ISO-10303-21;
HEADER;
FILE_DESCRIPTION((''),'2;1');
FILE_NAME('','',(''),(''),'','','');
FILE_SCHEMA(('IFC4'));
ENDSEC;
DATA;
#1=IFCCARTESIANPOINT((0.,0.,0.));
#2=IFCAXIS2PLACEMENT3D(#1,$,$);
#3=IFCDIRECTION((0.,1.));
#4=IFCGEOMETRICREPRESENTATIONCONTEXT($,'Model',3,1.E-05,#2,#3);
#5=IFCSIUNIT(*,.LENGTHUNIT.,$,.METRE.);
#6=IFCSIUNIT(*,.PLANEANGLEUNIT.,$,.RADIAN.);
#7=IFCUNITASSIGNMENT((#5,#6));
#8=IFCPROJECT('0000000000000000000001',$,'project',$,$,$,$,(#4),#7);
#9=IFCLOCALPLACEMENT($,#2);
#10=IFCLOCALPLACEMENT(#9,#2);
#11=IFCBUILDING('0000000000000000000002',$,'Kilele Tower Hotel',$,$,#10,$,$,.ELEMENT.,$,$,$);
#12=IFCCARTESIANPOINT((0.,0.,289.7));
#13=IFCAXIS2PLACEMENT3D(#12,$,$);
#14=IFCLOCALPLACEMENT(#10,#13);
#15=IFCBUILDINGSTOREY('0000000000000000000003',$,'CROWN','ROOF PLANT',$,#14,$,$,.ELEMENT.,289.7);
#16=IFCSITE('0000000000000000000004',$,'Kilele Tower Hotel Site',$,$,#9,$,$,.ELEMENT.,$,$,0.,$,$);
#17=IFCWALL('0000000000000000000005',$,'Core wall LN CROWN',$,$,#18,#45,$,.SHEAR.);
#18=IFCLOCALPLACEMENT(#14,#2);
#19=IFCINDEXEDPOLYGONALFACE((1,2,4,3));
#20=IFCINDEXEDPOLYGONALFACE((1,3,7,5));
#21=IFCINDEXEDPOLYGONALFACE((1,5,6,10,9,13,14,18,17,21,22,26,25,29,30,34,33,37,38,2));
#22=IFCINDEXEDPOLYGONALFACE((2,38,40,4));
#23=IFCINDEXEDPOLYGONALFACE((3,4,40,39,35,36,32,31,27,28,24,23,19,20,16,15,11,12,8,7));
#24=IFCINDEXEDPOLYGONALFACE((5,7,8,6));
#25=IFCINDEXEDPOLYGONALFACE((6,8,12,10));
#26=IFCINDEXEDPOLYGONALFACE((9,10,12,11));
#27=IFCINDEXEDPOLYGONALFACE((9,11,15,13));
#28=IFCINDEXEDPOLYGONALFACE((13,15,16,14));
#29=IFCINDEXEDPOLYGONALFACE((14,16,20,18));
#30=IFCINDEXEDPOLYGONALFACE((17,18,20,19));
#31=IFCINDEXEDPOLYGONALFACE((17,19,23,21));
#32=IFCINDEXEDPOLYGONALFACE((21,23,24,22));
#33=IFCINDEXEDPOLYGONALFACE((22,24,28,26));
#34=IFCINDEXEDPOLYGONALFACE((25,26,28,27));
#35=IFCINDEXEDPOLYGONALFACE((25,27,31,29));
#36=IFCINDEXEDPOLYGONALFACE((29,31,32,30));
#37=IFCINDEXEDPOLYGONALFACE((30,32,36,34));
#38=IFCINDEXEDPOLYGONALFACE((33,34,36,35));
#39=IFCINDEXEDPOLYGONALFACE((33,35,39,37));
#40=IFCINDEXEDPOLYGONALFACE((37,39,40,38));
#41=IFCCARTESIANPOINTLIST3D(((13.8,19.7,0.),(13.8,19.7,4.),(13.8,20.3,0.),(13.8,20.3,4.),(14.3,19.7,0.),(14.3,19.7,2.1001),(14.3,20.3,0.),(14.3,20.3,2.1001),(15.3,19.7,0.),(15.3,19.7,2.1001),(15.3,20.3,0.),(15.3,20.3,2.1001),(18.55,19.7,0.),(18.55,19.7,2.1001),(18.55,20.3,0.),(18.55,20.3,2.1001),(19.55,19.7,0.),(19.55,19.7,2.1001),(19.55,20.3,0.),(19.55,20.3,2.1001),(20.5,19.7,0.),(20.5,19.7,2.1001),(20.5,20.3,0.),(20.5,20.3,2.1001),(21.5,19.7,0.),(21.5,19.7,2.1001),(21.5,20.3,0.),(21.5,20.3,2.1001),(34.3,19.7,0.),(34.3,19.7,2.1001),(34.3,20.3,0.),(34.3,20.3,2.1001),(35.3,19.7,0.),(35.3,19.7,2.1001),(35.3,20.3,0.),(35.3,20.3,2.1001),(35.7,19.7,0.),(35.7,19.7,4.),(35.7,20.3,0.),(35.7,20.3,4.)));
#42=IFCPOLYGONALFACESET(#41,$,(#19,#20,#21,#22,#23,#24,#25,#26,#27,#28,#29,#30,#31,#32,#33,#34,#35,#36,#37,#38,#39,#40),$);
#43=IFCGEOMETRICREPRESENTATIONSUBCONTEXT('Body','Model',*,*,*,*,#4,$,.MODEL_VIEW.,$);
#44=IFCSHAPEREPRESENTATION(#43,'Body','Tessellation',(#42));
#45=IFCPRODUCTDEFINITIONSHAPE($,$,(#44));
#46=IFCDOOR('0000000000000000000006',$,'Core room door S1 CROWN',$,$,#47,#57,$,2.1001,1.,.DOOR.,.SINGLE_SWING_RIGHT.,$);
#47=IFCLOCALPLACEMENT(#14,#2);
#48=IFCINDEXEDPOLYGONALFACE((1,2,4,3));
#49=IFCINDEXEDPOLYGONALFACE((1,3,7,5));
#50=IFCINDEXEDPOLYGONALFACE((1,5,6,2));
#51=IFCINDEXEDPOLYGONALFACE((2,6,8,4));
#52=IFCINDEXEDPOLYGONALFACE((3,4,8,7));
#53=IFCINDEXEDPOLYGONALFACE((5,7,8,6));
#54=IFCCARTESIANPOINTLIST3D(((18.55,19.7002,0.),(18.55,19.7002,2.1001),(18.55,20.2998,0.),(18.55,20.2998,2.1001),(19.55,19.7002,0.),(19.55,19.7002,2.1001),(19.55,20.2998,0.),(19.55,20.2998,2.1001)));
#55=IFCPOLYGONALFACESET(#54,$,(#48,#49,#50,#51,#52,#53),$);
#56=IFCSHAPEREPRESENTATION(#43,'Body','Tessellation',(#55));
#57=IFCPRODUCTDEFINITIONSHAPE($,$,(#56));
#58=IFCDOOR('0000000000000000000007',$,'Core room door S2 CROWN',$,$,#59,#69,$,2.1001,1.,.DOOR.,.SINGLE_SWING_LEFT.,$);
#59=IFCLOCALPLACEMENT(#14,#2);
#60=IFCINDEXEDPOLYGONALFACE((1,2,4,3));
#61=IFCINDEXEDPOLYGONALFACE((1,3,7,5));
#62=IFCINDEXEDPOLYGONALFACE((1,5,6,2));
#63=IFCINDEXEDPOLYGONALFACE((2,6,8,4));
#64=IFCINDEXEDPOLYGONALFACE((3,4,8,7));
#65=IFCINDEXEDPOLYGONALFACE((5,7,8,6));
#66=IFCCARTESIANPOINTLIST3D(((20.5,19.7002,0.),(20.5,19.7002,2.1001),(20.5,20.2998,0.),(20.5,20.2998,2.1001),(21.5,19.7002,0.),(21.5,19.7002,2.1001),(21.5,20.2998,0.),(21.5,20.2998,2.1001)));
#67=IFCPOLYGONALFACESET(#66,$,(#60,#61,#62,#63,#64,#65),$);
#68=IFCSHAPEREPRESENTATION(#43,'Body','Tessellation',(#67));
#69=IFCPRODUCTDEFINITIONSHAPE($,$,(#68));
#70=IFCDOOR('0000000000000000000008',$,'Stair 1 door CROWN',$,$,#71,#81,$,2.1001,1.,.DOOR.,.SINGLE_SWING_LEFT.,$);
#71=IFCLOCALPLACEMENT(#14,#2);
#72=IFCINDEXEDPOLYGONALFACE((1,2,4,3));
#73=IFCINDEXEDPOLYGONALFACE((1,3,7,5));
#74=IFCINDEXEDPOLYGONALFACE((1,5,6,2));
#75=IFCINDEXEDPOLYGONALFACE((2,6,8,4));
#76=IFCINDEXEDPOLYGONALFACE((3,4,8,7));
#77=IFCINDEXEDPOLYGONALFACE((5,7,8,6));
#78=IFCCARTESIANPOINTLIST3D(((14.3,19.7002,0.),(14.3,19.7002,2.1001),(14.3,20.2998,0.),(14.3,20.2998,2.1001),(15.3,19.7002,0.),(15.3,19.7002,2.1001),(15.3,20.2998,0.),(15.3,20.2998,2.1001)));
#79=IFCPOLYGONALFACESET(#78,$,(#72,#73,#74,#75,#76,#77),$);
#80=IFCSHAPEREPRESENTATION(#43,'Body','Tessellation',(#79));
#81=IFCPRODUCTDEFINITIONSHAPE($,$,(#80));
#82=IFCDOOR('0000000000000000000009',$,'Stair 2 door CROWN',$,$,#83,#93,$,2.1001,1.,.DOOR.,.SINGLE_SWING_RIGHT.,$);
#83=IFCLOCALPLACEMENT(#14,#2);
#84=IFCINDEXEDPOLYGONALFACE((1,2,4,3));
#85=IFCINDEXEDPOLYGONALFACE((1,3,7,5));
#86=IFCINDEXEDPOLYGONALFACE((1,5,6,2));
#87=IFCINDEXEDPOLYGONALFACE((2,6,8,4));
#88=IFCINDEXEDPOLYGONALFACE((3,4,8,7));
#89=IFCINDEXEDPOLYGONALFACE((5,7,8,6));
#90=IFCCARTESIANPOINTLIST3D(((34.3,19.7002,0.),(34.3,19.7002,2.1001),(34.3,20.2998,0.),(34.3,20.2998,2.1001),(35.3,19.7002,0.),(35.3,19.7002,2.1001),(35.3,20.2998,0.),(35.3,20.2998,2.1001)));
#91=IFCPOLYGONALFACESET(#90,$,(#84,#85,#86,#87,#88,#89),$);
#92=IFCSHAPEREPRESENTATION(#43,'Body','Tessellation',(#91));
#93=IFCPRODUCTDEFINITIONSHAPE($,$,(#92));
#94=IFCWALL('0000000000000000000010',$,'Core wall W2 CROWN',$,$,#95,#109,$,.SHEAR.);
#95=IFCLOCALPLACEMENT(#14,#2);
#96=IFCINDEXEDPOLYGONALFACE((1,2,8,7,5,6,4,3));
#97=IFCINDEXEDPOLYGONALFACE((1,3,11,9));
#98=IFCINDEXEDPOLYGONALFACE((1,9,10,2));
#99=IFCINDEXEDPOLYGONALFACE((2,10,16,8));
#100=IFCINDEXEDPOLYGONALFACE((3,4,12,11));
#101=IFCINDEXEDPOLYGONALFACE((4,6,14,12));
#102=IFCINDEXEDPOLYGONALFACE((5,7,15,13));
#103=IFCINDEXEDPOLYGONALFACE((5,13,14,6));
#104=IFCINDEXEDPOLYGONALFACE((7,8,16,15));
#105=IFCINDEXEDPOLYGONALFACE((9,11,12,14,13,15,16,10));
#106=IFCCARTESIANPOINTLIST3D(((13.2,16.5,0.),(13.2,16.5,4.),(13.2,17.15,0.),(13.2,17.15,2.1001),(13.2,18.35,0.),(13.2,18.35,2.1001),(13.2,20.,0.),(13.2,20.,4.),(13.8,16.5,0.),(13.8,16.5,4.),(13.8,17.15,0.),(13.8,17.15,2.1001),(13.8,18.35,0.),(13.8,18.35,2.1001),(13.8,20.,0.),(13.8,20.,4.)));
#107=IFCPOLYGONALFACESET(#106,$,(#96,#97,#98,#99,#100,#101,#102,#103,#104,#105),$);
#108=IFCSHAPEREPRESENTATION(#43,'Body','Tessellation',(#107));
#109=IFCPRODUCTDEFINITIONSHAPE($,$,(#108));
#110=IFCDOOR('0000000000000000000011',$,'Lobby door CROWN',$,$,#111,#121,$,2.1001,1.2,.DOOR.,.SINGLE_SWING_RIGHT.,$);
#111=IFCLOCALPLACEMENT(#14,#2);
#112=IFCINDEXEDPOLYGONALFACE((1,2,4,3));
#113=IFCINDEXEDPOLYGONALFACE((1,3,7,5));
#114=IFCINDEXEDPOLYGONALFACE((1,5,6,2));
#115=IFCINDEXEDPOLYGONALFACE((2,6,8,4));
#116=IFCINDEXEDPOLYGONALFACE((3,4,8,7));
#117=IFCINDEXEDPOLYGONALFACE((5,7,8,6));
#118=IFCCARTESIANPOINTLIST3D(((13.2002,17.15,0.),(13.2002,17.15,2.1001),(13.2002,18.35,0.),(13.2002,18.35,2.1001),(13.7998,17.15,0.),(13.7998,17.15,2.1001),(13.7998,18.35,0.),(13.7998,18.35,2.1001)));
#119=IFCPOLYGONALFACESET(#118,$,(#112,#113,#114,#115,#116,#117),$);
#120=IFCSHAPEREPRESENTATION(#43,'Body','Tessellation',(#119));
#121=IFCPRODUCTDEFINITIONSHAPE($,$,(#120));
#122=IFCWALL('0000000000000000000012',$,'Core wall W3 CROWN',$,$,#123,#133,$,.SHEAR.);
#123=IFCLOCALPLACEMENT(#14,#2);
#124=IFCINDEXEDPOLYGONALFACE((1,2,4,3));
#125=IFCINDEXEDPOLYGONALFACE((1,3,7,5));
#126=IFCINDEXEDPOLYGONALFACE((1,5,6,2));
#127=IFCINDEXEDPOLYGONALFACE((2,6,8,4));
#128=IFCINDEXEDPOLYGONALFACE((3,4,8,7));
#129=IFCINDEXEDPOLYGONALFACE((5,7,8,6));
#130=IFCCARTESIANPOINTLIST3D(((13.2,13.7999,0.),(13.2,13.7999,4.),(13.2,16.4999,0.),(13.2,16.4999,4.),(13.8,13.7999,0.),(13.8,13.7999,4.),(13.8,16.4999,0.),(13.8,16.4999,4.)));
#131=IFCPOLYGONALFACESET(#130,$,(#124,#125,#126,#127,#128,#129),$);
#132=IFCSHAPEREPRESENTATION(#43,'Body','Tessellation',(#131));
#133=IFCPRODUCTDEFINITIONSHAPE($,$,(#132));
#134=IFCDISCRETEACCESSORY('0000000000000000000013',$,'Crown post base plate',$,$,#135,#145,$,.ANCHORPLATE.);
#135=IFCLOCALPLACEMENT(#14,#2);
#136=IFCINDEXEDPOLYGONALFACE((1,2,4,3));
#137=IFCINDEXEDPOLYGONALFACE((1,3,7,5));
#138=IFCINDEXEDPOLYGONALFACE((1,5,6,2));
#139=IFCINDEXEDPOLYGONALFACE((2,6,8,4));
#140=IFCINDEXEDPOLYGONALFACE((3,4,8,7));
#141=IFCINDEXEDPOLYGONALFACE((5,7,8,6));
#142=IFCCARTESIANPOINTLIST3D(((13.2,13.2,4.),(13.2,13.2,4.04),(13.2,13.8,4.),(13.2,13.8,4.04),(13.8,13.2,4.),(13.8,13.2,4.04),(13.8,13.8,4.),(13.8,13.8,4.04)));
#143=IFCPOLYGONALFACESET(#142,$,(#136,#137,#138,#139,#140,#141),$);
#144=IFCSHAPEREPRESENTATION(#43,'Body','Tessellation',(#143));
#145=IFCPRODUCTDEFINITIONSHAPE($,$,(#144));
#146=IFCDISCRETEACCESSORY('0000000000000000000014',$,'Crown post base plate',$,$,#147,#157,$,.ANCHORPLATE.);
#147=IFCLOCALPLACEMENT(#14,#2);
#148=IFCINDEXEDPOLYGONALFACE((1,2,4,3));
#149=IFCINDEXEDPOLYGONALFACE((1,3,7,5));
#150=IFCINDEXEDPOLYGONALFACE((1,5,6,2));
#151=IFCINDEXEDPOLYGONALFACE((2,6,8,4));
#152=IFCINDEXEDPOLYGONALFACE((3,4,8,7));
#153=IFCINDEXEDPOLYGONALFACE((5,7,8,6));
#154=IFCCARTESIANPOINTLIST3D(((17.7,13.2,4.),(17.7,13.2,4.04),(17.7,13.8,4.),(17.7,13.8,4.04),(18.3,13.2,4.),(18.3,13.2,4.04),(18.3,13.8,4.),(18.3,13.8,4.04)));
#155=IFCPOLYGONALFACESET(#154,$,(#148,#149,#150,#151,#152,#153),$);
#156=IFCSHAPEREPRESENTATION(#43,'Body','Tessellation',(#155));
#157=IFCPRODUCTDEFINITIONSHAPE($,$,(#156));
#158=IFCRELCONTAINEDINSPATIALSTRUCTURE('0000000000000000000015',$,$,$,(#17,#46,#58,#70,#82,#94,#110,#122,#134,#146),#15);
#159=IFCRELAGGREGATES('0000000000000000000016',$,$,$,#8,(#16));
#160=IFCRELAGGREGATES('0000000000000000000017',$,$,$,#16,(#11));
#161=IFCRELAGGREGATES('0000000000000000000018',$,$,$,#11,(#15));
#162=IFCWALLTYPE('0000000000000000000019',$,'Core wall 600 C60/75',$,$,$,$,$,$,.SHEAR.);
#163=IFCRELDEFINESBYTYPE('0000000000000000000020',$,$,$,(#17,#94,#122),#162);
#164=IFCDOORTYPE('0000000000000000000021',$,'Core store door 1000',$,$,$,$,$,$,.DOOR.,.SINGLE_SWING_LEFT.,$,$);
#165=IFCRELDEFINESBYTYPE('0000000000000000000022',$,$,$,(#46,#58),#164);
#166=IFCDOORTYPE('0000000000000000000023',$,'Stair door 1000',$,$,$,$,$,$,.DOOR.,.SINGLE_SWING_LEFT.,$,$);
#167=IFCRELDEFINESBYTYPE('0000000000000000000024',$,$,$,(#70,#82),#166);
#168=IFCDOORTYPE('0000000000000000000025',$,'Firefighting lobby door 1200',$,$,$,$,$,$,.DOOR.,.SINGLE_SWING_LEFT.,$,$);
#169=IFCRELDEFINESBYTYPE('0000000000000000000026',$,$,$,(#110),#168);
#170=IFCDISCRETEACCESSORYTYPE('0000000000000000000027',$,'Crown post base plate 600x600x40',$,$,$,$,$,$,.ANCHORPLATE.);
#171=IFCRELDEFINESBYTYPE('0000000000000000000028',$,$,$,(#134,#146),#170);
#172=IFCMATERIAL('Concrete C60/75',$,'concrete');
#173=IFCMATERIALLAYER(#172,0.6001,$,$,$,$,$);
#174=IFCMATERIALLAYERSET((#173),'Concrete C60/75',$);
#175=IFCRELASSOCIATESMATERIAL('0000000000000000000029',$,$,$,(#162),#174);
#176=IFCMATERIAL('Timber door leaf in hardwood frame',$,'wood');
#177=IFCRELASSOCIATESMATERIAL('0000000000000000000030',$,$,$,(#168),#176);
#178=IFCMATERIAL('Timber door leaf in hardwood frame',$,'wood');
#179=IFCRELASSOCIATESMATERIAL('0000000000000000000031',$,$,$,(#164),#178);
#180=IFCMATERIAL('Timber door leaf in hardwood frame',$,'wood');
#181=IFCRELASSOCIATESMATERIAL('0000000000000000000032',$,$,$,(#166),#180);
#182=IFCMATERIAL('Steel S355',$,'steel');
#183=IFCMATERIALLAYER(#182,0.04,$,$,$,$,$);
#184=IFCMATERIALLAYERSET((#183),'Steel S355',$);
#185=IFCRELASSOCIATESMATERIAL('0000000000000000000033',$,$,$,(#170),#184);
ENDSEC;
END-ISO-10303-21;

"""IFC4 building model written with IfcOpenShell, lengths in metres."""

from ifc_helpers import new_model, si_unit, direction, frame, frame_2d, origin, place, context, subcontext, project, spatial, polyline, rectangle, outline, extrude, source, transform, mapped, material, layer, layer_set, type_object, element, fill, save


model = new_model("IFC4")

# Units and contexts
model_context = context("Model", 3, precision=1e-05, world=origin(), true_north=direction((0.0, 1.0)))
body_context = subcontext(model_context, "Body", "Model", "MODEL_VIEW")
ifc_project = project(units=[si_unit("LENGTHUNIT", "METRE"), si_unit("PLANEANGLEUNIT", "RADIAN")], contexts=[model_context])

# Site, building, storey
site_placement = place(None, origin())
site = spatial("IfcSite", under=ifc_project, at=site_placement, Name="Kilele Tower Hotel Site", CompositionType="ELEMENT", RefElevation=0.0)
building_placement = place(site_placement, origin())
building = spatial("IfcBuilding", under=site, at=building_placement, Name="Kilele Tower Hotel", CompositionType="ELEMENT")
storey_placement = place(building_placement, frame((0.0, 0.0, 289.7)))
storey = spatial("IfcBuildingStorey", under=building, at=storey_placement, Name="CROWN", Description="ROOF PLANT", CompositionType="ELEMENT", Elevation=289.7)

# Shared definitions
ifc_material_1 = material(Name="Concrete C60/75", Category="concrete")
ifc_layer_1 = layer(ifc_material_1, 0.6001)
ifc_layer_set_1 = layer_set([ifc_layer_1], Name="Concrete C60/75")
wall_type = type_object("IfcWallType", Name="Core wall 600 C60/75", PredefinedType="SHEAR", material=ifc_layer_set_1)
ifc_material_2 = material(Name="Timber door leaf in hardwood frame", Category="wood")
door_type_1 = type_object("IfcDoorType", Name="Firefighting lobby door 1200", OperationType="SINGLE_SWING_LEFT", PredefinedType="DOOR", material=ifc_material_2)

# Wall, openings, doors
ifc_material_3 = material(Name="Timber door leaf in hardwood frame", Category="wood")
door_type_2 = type_object("IfcDoorType", Name="Core store door 1000", OperationType="SINGLE_SWING_LEFT", PredefinedType="DOOR", material=ifc_material_3)
wall_1_placement = place(storey_placement, frame((13.8, 20.0, 0.0), z_axis=(0.0, 0.0, 1.0), x_axis=(1.0, 0.0, 0.0)))
wall_1 = element("IfcWall", 1, at=wall_1_placement, inside=storey, type_object=wall_type, Name="Core wall LN CROWN", PredefinedType="SHEAR", context=body_context, shape_type="SweptSolid", body=[
    extrude(rectangle(XDim=21.8999, YDim=0.6001, at=frame_2d((10.95, 0.0))), origin(), (0.0, 0.0, 1.0), 4.0),
])
opening_1_placement = place(wall_1_placement, frame((0.5, 0.0, 0.0)))
opening_1 = element("IfcOpeningElement", 2, at=opening_1_placement, cuts=wall_1, PredefinedType="OPENING", context=body_context, shape_type="SweptSolid", body=[
    extrude(rectangle(XDim=1.0, YDim=2.1001, at=frame_2d((0.5, 1.05))), frame((0.0, 0.3101, 0.0), z_axis=(0.0, -1.0, 0.0), x_axis=(1.0, 0.0, 0.0)), (0.0, 0.0, 1.0), 0.6201),
])
opening_2_placement = place(wall_1_placement, frame((20.5, 0.0, 0.0)))
opening_2 = element("IfcOpeningElement", 3, at=opening_2_placement, cuts=wall_1, PredefinedType="OPENING", context=body_context, shape_type="SweptSolid", body=[
    extrude(rectangle(XDim=1.0, YDim=2.1001, at=frame_2d((0.5, 1.05))), frame((0.0, 0.3101, 0.0), z_axis=(0.0, -1.0, 0.0), x_axis=(1.0, 0.0, 0.0)), (0.0, 0.0, 1.0), 0.6201),
])
opening_3_placement = place(wall_1_placement, frame((4.75, 0.0, 0.0)))
opening_3 = element("IfcOpeningElement", 4, at=opening_3_placement, cuts=wall_1, PredefinedType="OPENING", context=body_context, shape_type="SweptSolid", body=[
    extrude(rectangle(XDim=1.0, YDim=2.1001, at=frame_2d((0.5, 1.05))), frame((0.0, 0.3101, 0.0), z_axis=(0.0, -1.0, 0.0), x_axis=(1.0, 0.0, 0.0)), (0.0, 0.0, 1.0), 0.6201),
])
opening_4_placement = place(wall_1_placement, frame((6.7, 0.0, 0.0)))
opening_4 = element("IfcOpeningElement", 5, at=opening_4_placement, cuts=wall_1, PredefinedType="OPENING", context=body_context, shape_type="SweptSolid", body=[
    extrude(rectangle(XDim=1.0, YDim=2.1001, at=frame_2d((0.5, 1.05))), frame((0.0, 0.3101, 0.0), z_axis=(0.0, -1.0, 0.0), x_axis=(1.0, 0.0, 0.0)), (0.0, 0.0, 1.0), 0.6201),
])
door_1_placement = place(opening_3_placement, origin())
door_1 = element("IfcDoor", 6, at=door_1_placement, inside=storey, type_object=door_type_2, Name="Core room door S1 CROWN", OperationType="SINGLE_SWING_RIGHT", OverallHeight=2.1001, OverallWidth=1.0, PredefinedType="DOOR", context=body_context, shape_type="SweptSolid", body=[
    extrude(rectangle(XDim=1.0, YDim=2.1001, at=frame_2d((0.5, 1.05))), frame((0.0, 0.2998, 0.0), z_axis=(0.0, -1.0, 0.0), x_axis=(1.0, 0.0, 0.0)), (0.0, 0.0, 1.0), 0.5996),
])
fill(opening_3, door_1)
door_2_placement = place(opening_4_placement, origin())
door_2 = element("IfcDoor", 7, at=door_2_placement, inside=storey, type_object=door_type_2, Name="Core room door S2 CROWN", OperationType="SINGLE_SWING_LEFT", OverallHeight=2.1001, OverallWidth=1.0, PredefinedType="DOOR", context=body_context, shape_type="SweptSolid", body=[
    extrude(rectangle(XDim=1.0, YDim=2.1001, at=frame_2d((0.5, 1.05))), frame((0.0, 0.2998, 0.0), z_axis=(0.0, -1.0, 0.0), x_axis=(1.0, 0.0, 0.0)), (0.0, 0.0, 1.0), 0.5996),
])
fill(opening_4, door_2)
ifc_material_4 = material(Name="Timber door leaf in hardwood frame", Category="wood")
door_type_3 = type_object("IfcDoorType", Name="Stair door 1000", OperationType="SINGLE_SWING_LEFT", PredefinedType="DOOR", material=ifc_material_4)
door_3_placement = place(opening_1_placement, origin())
door_3 = element("IfcDoor", 8, at=door_3_placement, inside=storey, type_object=door_type_3, Name="Stair 1 door CROWN", OperationType="SINGLE_SWING_LEFT", OverallHeight=2.1001, OverallWidth=1.0, PredefinedType="DOOR", context=body_context, shape_type="SweptSolid", body=[
    extrude(rectangle(XDim=1.0, YDim=2.1001, at=frame_2d((0.5, 1.05))), frame((0.0, 0.2998, 0.0), z_axis=(0.0, -1.0, 0.0), x_axis=(1.0, 0.0, 0.0)), (0.0, 0.0, 1.0), 0.5996),
])
fill(opening_1, door_3)
door_4_placement = place(opening_2_placement, origin())
door_4 = element("IfcDoor", 9, at=door_4_placement, inside=storey, type_object=door_type_3, Name="Stair 2 door CROWN", OperationType="SINGLE_SWING_RIGHT", OverallHeight=2.1001, OverallWidth=1.0, PredefinedType="DOOR", context=body_context, shape_type="SweptSolid", body=[
    extrude(rectangle(XDim=1.0, YDim=2.1001, at=frame_2d((0.5, 1.05))), frame((0.0, 0.2998, 0.0), z_axis=(0.0, -1.0, 0.0), x_axis=(1.0, 0.0, 0.0)), (0.0, 0.0, 1.0), 0.5996),
])
fill(opening_2, door_4)

# Wall, opening, door
wall_2_placement = place(storey_placement, frame((13.5, 20.0, 0.0), z_axis=(0.0, 0.0, 1.0), x_axis=(0.0, -1.0, 0.0)))
wall_2 = element("IfcWall", 10, at=wall_2_placement, inside=storey, type_object=wall_type, Name="Core wall W2 CROWN", PredefinedType="SHEAR", context=body_context, shape_type="SweptSolid", body=[
    extrude(rectangle(XDim=3.5, YDim=0.6001, at=frame_2d((1.75, 0.0))), origin(), (0.0, 0.0, 1.0), 4.0),
])
opening_5_placement = place(wall_2_placement, frame((1.6499, 0.0, 0.0)))
opening_5 = element("IfcOpeningElement", 11, at=opening_5_placement, cuts=wall_2, PredefinedType="OPENING", context=body_context, shape_type="SweptSolid", body=[
    extrude(rectangle(XDim=1.2, YDim=2.1001, at=frame_2d((0.6001, 1.05))), frame((0.0, 0.3101, 0.0), z_axis=(0.0, -1.0, 0.0), x_axis=(1.0, 0.0, 0.0)), (0.0, 0.0, 1.0), 0.6201),
])
door_5_placement = place(opening_5_placement, origin())
door_5 = element("IfcDoor", 12, at=door_5_placement, inside=storey, type_object=door_type_1, Name="Lobby door CROWN", OperationType="SINGLE_SWING_RIGHT", OverallHeight=2.1001, OverallWidth=1.2, PredefinedType="DOOR", context=body_context, shape_type="SweptSolid", body=[
    extrude(rectangle(XDim=1.2, YDim=2.1001, at=frame_2d((0.6001, 1.05))), frame((0.0, 0.2998, 0.0), z_axis=(0.0, -1.0, 0.0), x_axis=(1.0, 0.0, 0.0)), (0.0, 0.0, 1.0), 0.5996),
])
fill(opening_5, door_5)

# Wall
wall_3_placement = place(storey_placement, frame((13.5, 16.5, 0.0), z_axis=(0.0, 0.0, 1.0), x_axis=(0.0, -1.0, 0.0)))
element("IfcWall", 13, at=wall_3_placement, inside=storey, type_object=wall_type, Name="Core wall W3 CROWN", PredefinedType="SHEAR", context=body_context, shape_type="SweptSolid", body=[
    extrude(rectangle(XDim=2.7, YDim=0.6001, at=frame_2d((1.3501, 0.0))), origin(), (0.0, 0.0, 1.0), 4.0),
])

# Discrete accessories
ifc_material_5 = material(Name="Steel S355", Category="steel")
ifc_layer_2 = layer(ifc_material_5, 0.04)
ifc_layer_set_2 = layer_set([ifc_layer_2], Name="Steel S355")
discrete_accessory_type_1 = type_object("IfcDiscreteAccessoryType", Name="Crown post base plate 600x600x40", PredefinedType="ANCHORPLATE", material=ifc_layer_set_2)
shared_shape_1 = source(origin(), body_context, "Body", "SweptSolid", [
    extrude(outline(polyline([(0.0, 0.0), (0.6001, 0.0), (0.6001, 0.04), (0.0, 0.04), (0.0, 0.0)])), origin(), (0.0, 0.0, 1.0), 0.6001),
])
for number, where, z_axis, x_axis, name in (
    (14, (13.2, 13.8, 4.0), (0.0, -1.0, 0.0), (1.0, 0.0, 0.0), "Crown post base plate"),
    (15, (17.7, 13.8, 4.0), (0.0, -1.0, 0.0), (1.0, 0.0, 0.0), "Crown post base plate"),
):
    element("IfcDiscreteAccessory", number, at=place(storey_placement, frame(where, z_axis=z_axis, x_axis=x_axis)), inside=storey, type_object=discrete_accessory_type_1, Name=name, PredefinedType="ANCHORPLATE", context=body_context, shape_type="MappedRepresentation", body=[
        mapped(shared_shape_1, transform((0.0, 0.0, 0.0))),
    ])

save(model, "model.ifc")
